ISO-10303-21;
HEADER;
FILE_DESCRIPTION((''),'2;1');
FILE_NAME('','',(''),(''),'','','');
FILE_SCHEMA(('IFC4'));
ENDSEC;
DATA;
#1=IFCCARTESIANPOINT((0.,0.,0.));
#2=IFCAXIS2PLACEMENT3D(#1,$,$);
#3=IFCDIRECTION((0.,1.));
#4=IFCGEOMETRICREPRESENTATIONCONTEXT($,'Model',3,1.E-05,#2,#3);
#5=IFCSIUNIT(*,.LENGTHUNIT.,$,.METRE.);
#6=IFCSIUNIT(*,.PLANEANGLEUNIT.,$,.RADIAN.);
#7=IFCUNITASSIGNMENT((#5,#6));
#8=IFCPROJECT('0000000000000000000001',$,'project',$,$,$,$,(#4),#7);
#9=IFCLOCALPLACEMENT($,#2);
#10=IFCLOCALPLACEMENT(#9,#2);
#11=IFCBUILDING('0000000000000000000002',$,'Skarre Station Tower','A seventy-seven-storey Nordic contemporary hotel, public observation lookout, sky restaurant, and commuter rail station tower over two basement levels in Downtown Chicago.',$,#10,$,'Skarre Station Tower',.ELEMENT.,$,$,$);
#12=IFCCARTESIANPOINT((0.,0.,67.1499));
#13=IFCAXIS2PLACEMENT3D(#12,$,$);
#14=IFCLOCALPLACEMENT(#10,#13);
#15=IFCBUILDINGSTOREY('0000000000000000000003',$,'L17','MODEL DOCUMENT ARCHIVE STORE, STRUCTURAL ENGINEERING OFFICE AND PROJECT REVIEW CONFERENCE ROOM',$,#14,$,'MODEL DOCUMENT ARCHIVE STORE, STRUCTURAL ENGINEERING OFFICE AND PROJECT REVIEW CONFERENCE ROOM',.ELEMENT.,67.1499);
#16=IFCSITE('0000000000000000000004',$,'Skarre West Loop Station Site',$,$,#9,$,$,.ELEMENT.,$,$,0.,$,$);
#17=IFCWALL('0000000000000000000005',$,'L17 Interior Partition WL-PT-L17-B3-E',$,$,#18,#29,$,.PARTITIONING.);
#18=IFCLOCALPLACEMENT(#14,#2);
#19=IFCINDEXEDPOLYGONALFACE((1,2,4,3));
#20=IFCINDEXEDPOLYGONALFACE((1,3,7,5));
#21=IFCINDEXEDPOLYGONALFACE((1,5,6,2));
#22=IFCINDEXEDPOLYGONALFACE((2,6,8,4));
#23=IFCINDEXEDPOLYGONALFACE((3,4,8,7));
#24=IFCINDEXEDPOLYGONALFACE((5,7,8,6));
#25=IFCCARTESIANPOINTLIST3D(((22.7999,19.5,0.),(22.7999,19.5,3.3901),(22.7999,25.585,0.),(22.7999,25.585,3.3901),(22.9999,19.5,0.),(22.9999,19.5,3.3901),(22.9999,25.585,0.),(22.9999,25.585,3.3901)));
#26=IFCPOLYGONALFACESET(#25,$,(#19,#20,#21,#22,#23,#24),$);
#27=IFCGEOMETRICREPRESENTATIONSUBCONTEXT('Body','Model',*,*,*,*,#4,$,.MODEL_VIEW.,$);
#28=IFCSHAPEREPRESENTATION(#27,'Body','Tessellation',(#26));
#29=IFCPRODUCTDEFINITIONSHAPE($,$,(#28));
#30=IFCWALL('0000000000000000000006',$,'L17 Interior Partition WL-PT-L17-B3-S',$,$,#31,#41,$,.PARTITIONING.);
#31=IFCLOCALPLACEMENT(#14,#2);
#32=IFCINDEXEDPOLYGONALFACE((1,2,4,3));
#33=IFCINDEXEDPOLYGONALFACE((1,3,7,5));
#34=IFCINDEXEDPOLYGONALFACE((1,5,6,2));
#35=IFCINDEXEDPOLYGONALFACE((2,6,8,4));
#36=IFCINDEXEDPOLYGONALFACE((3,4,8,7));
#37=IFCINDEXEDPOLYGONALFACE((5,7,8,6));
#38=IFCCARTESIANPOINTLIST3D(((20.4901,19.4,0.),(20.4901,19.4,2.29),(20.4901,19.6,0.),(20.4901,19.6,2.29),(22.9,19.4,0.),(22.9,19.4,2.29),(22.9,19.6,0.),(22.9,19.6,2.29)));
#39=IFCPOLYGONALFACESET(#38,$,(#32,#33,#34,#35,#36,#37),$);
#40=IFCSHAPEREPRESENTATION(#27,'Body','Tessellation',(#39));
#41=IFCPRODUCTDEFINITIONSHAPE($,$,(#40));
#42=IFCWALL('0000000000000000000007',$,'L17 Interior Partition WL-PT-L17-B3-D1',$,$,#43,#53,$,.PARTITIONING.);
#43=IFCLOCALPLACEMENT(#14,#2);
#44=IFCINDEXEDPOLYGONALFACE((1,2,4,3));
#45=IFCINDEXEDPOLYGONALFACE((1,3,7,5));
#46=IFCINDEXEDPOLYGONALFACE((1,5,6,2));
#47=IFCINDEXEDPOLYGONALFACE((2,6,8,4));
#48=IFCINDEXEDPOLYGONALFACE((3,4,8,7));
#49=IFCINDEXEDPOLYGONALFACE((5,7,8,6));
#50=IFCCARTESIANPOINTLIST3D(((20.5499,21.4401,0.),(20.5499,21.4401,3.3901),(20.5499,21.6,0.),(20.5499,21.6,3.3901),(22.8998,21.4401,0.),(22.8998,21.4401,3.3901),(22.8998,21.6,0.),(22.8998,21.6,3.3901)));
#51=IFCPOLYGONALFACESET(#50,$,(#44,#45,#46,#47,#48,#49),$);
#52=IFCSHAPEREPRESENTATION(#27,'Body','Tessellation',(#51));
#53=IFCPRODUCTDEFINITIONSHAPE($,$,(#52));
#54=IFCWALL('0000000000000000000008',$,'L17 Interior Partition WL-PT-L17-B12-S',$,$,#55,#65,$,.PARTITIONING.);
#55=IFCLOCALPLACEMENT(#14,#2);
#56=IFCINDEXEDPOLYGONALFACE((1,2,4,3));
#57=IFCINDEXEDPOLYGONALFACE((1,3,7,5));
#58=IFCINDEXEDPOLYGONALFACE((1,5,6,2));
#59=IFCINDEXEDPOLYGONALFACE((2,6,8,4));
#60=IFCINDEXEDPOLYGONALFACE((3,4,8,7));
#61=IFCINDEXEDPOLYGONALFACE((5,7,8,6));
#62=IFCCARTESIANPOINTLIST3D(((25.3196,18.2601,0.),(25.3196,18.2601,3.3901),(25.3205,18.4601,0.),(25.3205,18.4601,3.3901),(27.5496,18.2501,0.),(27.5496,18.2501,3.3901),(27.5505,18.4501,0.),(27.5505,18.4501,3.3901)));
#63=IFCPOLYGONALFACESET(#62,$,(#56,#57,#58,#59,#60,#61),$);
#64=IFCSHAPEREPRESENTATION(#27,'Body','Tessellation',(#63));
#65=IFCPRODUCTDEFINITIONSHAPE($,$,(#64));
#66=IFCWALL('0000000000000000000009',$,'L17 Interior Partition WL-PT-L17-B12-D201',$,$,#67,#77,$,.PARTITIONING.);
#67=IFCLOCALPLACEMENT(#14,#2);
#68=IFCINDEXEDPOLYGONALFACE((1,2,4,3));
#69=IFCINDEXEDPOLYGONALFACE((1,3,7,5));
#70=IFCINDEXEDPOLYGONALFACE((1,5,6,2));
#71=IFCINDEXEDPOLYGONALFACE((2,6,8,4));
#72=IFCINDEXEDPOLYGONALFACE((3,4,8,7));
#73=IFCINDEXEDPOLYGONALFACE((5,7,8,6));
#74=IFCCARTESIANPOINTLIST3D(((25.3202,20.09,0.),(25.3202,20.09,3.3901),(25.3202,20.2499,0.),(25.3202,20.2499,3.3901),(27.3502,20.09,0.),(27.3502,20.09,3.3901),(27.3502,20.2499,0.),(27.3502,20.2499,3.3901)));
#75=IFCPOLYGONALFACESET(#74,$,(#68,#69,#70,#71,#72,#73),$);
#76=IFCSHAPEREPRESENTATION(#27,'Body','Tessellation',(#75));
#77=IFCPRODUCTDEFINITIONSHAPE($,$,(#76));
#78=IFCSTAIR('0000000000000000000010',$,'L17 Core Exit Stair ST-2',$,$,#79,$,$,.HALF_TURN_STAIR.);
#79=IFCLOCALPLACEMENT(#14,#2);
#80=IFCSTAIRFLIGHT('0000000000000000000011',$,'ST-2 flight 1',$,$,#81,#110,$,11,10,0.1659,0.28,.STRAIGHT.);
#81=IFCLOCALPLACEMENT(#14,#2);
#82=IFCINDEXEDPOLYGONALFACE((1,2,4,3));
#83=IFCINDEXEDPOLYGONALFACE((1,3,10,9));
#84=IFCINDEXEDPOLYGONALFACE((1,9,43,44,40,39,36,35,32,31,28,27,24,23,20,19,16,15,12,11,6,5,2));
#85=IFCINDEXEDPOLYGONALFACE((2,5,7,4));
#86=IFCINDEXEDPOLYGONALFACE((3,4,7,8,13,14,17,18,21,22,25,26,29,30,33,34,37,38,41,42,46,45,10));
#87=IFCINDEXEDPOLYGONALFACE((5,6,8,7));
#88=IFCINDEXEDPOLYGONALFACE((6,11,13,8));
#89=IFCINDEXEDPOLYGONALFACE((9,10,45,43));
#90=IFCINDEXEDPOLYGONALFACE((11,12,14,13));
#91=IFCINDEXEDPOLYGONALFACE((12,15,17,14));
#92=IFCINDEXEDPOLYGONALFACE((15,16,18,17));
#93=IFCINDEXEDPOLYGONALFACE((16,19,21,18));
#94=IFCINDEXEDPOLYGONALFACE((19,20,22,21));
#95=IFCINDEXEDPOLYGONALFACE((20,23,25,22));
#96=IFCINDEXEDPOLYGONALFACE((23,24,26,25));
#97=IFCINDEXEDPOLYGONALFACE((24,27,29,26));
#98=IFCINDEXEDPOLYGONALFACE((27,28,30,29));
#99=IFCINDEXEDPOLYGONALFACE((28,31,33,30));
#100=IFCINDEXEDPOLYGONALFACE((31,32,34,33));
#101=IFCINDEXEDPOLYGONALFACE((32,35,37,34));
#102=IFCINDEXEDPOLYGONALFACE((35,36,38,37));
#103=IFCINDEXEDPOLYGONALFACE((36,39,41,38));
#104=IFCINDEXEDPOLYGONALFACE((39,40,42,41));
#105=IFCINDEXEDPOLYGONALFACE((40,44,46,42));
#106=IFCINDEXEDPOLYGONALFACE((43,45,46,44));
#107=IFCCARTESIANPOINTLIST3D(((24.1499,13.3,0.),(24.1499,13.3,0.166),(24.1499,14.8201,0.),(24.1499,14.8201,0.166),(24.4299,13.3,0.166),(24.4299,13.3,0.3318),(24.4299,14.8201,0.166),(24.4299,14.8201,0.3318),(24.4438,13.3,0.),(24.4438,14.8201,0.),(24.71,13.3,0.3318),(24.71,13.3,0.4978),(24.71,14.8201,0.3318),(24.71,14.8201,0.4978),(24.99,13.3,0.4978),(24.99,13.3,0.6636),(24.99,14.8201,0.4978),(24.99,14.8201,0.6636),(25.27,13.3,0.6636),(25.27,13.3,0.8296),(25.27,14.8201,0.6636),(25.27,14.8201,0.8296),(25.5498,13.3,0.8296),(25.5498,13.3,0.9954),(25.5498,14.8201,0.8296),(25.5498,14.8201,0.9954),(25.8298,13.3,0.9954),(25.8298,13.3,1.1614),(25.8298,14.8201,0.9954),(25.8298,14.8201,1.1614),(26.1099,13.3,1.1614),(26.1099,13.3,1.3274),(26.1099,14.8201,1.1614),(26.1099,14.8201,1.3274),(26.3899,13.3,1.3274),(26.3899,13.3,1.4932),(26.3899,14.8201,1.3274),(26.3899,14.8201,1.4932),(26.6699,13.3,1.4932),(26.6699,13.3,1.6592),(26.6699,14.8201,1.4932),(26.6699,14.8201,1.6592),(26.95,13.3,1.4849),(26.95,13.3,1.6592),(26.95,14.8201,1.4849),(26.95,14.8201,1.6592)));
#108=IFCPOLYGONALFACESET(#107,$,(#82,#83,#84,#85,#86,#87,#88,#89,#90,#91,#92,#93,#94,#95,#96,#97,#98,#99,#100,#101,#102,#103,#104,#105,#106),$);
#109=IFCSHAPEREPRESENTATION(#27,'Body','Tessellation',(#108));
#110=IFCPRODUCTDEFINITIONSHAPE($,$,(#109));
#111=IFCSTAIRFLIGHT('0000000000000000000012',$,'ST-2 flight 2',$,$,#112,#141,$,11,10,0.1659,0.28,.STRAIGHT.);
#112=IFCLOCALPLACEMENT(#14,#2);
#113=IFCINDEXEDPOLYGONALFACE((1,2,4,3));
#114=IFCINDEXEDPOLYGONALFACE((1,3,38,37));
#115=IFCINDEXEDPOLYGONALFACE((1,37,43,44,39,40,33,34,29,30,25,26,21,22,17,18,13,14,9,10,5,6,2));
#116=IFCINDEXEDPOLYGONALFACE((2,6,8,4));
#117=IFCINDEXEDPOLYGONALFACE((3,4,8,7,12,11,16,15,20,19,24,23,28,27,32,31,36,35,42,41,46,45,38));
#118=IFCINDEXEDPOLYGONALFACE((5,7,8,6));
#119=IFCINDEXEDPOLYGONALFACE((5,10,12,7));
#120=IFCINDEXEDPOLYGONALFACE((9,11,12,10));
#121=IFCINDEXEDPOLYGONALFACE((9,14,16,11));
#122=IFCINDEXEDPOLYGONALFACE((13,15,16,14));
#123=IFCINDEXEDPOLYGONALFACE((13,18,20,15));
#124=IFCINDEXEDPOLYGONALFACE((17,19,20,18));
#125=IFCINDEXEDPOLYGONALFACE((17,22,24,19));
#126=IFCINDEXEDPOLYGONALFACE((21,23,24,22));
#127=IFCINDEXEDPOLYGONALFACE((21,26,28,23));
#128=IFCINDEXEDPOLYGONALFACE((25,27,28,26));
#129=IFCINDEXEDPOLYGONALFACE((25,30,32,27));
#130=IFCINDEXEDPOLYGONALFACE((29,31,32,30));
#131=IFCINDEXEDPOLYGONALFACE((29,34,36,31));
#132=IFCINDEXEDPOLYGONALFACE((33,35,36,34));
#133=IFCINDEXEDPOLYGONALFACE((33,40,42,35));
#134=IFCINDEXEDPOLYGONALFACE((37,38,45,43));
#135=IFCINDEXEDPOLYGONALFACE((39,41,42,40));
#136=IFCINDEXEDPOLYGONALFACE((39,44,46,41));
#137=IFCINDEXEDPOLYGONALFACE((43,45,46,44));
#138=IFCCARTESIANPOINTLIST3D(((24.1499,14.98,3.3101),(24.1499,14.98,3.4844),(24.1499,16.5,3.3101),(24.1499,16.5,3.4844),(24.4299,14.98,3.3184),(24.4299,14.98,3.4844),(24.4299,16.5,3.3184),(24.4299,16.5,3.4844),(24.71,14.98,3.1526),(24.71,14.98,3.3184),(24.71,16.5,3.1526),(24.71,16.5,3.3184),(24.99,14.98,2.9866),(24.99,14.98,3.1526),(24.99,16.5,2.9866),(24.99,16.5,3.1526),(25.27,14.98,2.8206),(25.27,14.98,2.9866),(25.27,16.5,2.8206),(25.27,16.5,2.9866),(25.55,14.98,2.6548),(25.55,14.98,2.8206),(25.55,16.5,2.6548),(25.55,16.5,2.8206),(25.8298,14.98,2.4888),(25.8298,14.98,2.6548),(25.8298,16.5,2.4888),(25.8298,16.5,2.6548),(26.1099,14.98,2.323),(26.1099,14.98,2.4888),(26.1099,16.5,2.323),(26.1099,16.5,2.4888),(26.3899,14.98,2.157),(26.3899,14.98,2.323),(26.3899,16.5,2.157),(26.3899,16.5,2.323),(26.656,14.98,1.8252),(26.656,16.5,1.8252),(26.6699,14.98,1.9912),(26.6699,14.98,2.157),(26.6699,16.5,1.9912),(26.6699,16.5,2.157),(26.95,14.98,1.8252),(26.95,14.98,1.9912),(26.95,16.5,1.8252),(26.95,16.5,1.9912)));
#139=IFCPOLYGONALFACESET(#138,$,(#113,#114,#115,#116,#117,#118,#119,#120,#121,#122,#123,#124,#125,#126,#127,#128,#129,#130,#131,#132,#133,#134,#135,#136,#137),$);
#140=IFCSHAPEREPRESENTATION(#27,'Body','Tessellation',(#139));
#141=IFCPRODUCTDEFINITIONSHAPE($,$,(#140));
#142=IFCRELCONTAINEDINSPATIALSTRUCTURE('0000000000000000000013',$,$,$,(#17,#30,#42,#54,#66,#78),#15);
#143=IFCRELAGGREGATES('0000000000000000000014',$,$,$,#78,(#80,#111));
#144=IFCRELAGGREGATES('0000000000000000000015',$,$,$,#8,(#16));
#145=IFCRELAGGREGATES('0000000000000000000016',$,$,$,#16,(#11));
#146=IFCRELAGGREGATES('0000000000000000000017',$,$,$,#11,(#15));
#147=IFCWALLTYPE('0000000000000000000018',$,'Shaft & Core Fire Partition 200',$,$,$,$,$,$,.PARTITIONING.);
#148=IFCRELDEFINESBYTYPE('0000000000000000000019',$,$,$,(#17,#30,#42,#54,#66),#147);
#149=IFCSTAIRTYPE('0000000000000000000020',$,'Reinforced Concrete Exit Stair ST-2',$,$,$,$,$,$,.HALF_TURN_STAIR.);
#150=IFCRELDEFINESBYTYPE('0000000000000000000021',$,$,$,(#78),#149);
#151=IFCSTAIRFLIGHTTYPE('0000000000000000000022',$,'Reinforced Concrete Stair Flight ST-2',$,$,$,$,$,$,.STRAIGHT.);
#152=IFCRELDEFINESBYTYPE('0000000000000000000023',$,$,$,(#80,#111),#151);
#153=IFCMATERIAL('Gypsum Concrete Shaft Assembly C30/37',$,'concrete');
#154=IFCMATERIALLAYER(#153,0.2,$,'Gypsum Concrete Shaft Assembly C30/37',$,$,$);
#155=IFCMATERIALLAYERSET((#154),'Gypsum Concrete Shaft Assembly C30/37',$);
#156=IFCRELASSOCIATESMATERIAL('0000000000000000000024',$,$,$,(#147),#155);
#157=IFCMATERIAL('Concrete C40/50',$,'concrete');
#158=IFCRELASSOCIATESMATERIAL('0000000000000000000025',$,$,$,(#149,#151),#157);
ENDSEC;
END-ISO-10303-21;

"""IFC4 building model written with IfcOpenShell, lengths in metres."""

from ifc_helpers import new_model, si_unit, direction, frame, frame_2d, origin, place, context, subcontext, project, spatial, polyline, rectangle, outline, extrude, material, layer, layer_set, type_object, element, aggregate, save


model = new_model("IFC4")

# Units and contexts
model_context = context("Model", 3, precision=1e-05, world=origin(), true_north=direction((0.0, 1.0)))
body_context = subcontext(model_context, "Body", "Model", "MODEL_VIEW")
ifc_project = project(units=[si_unit("LENGTHUNIT", "METRE"), si_unit("PLANEANGLEUNIT", "RADIAN")], contexts=[model_context])

# Site, building, storey
site_placement = place(None, origin())
site = spatial("IfcSite", under=ifc_project, at=site_placement, Name="Skarre West Loop Station Site", CompositionType="ELEMENT", RefElevation=0.0)
building_placement = place(site_placement, origin())
building = spatial("IfcBuilding", under=site, at=building_placement, Name="Skarre Station Tower", Description="A seventy-seven-storey Nordic contemporary hotel, public observation lookout, sky restaurant, and commuter rail station tower over two basement levels in Downtown Chicago.", LongName="Skarre Station Tower", CompositionType="ELEMENT")
storey_placement = place(building_placement, frame((0.0, 0.0, 67.1499)))
storey = spatial("IfcBuildingStorey", under=building, at=storey_placement, Name="L17", Description="MODEL DOCUMENT ARCHIVE STORE, STRUCTURAL ENGINEERING OFFICE AND PROJECT REVIEW CONFERENCE ROOM", LongName="MODEL DOCUMENT ARCHIVE STORE, STRUCTURAL ENGINEERING OFFICE AND PROJECT REVIEW CONFERENCE ROOM", CompositionType="ELEMENT", Elevation=67.1499)

# Walls
ifc_material_1 = material(Name="Gypsum Concrete Shaft Assembly C30/37", Category="concrete")
ifc_layer_1 = layer(ifc_material_1, 0.2, Name="Gypsum Concrete Shaft Assembly C30/37")
ifc_layer_set_1 = layer_set([ifc_layer_1], Name="Gypsum Concrete Shaft Assembly C30/37")
wall_type_1 = type_object("IfcWallType", Name="Shaft & Core Fire Partition 200", PredefinedType="PARTITIONING", material=ifc_layer_set_1)
wall_1_placement = place(storey_placement, frame((22.8999, 19.5, 0.0), z_axis=(0.0, 0.0, 1.0), x_axis=(0.0, 1.0, 0.0)))
element("IfcWall", 1, at=wall_1_placement, inside=storey, type_object=wall_type_1, Name="L17 Interior Partition WL-PT-L17-B3-E", PredefinedType="PARTITIONING", context=body_context, shape_type="SweptSolid", body=[
    extrude(rectangle(XDim=6.085, YDim=0.2, at=frame_2d((3.0425, 0.0))), origin(), (0.0, 0.0, 1.0), 3.3901),
])
wall_2_placement = place(storey_placement, frame((20.49, 19.5, 0.0), z_axis=(0.0, 0.0, 1.0), x_axis=(1.0, 0.0, 0.0)))
element("IfcWall", 2, at=wall_2_placement, inside=storey, type_object=wall_type_1, Name="L17 Interior Partition WL-PT-L17-B3-S", PredefinedType="PARTITIONING", context=body_context, shape_type="SweptSolid", body=[
    extrude(rectangle(XDim=2.4099, YDim=0.2, at=frame_2d((1.2051, 0.0))), origin(), (0.0, 0.0, 1.0), 2.29),
])
wall_3_placement = place(storey_placement, frame((20.55, 21.52, 0.0), z_axis=(0.0, 0.0, 1.0), x_axis=(1.0, 0.0, 0.0)))
element("IfcWall", 3, at=wall_3_placement, inside=storey, type_object=wall_type_1, Name="L17 Interior Partition WL-PT-L17-B3-D1", PredefinedType="PARTITIONING", context=body_context, shape_type="SweptSolid", body=[
    extrude(rectangle(XDim=2.3499, YDim=0.1599, at=frame_2d((1.1748, 0.0))), origin(), (0.0, 0.0, 1.0), 3.3901),
])
wall_4_placement = place(storey_placement, frame((25.3201, 18.3601, 0.0), z_axis=(0.0, 0.0, 1.0), x_axis=(0.99999, -0.004489, 0.0)))
element("IfcWall", 4, at=wall_4_placement, inside=storey, type_object=wall_type_1, Name="L17 Interior Partition WL-PT-L17-B12-S", PredefinedType="PARTITIONING", context=body_context, shape_type="SweptSolid", body=[
    extrude(rectangle(XDim=2.23, YDim=0.2, at=frame_2d((1.115, 0.0))), origin(), (0.0, 0.0, 1.0), 3.3901),
])
wall_5_placement = place(storey_placement, frame((25.3201, 20.1699, 0.0), z_axis=(0.0, 0.0, 1.0), x_axis=(1.0, 0.0, 0.0)))
element("IfcWall", 5, at=wall_5_placement, inside=storey, type_object=wall_type_1, Name="L17 Interior Partition WL-PT-L17-B12-D201", PredefinedType="PARTITIONING", context=body_context, shape_type="SweptSolid", body=[
    extrude(rectangle(XDim=2.03, YDim=0.1599, at=frame_2d((1.0151, 0.0))), origin(), (0.0, 0.0, 1.0), 3.3901),
])

# Stair, stair flights
ifc_material_2 = material(Name="Concrete C40/50", Category="concrete")
stair_type = type_object("IfcStairType", Name="Reinforced Concrete Exit Stair ST-2", PredefinedType="HALF_TURN_STAIR", material=ifc_material_2)
stair_placement = place(storey_placement, origin())
stair = element("IfcStair", 6, at=stair_placement, inside=storey, type_object=stair_type, Name="L17 Core Exit Stair ST-2", PredefinedType="HALF_TURN_STAIR")
stair_flight_type = type_object("IfcStairFlightType", Name="Reinforced Concrete Stair Flight ST-2", PredefinedType="STRAIGHT", material=ifc_material_2)
stair_flight_1_placement = place(storey_placement, frame((24.1499, 14.0601, 0.0), z_axis=(0.0, 0.0, 1.0), x_axis=(1.0, 0.0, 0.0)))
stair_flight_1 = element("IfcStairFlight", 7, at=stair_flight_1_placement, type_object=stair_flight_type, Name="ST-2 flight 1", NumberOfRisers=11, NumberOfTreads=10, PredefinedType="STRAIGHT", RiserHeight=0.1659, TreadLength=0.28, context=body_context, shape_type="SweptSolid", body=[
    extrude(outline(polyline([(0.0, 0.0), (0.0, 0.166), (0.28, 0.166), (0.28, 0.3318), (0.5601, 0.3318), (0.5601, 0.4978), (0.8401, 0.4978), (0.8401, 0.6636), (1.1201, 0.6636), (1.1201, 0.8296), (1.3999, 0.8296), (1.3999, 0.9954), (1.6799, 0.9954), (1.6799, 1.1614), (1.96, 1.1614), (1.96, 1.3274), (2.24, 1.3274), (2.24, 1.4932), (2.52, 1.4932), (2.52, 1.6592), (2.8, 1.6592), (2.8, 1.825), (2.8, 1.4849), (0.2939, 0.0), (0.0, 0.0)])), frame((0.0, 0.76, 0.0), z_axis=(0.0, -1.0, 0.0), x_axis=(1.0, 0.0, 0.0)), (0.0, 0.0, 1.0), 1.52),
])
stair_flight_2_placement = place(storey_placement, frame((26.95, 15.74, 1.8252), z_axis=(0.0, 0.0, 1.0), x_axis=(-1.0, 0.0, 0.0)))
stair_flight_2 = element("IfcStairFlight", 8, at=stair_flight_2_placement, type_object=stair_flight_type, Name="ST-2 flight 2", NumberOfRisers=11, NumberOfTreads=10, PredefinedType="STRAIGHT", RiserHeight=0.1659, TreadLength=0.28, context=body_context, shape_type="SweptSolid", body=[
    extrude(outline(polyline([(0.0, 0.0), (0.0, 0.166), (0.28, 0.166), (0.28, 0.3318), (0.5601, 0.3318), (0.5601, 0.4978), (0.8401, 0.4978), (0.8401, 0.6636), (1.1201, 0.6636), (1.1201, 0.8296), (1.3999, 0.8296), (1.3999, 0.9954), (1.6799, 0.9954), (1.6799, 1.1614), (1.96, 1.1614), (1.96, 1.3274), (2.24, 1.3274), (2.24, 1.4932), (2.52, 1.4932), (2.52, 1.6592), (2.8, 1.6592), (2.8, 1.825), (2.8, 1.4849), (0.2939, 0.0), (0.0, 0.0)])), frame((0.0, 0.76, 0.0), z_axis=(0.0, -1.0, 0.0), x_axis=(1.0, 0.0, 0.0)), (0.0, 0.0, 1.0), 1.52),
])
aggregate(stair, [stair_flight_1, stair_flight_2])

save(model, "model.ifc")
